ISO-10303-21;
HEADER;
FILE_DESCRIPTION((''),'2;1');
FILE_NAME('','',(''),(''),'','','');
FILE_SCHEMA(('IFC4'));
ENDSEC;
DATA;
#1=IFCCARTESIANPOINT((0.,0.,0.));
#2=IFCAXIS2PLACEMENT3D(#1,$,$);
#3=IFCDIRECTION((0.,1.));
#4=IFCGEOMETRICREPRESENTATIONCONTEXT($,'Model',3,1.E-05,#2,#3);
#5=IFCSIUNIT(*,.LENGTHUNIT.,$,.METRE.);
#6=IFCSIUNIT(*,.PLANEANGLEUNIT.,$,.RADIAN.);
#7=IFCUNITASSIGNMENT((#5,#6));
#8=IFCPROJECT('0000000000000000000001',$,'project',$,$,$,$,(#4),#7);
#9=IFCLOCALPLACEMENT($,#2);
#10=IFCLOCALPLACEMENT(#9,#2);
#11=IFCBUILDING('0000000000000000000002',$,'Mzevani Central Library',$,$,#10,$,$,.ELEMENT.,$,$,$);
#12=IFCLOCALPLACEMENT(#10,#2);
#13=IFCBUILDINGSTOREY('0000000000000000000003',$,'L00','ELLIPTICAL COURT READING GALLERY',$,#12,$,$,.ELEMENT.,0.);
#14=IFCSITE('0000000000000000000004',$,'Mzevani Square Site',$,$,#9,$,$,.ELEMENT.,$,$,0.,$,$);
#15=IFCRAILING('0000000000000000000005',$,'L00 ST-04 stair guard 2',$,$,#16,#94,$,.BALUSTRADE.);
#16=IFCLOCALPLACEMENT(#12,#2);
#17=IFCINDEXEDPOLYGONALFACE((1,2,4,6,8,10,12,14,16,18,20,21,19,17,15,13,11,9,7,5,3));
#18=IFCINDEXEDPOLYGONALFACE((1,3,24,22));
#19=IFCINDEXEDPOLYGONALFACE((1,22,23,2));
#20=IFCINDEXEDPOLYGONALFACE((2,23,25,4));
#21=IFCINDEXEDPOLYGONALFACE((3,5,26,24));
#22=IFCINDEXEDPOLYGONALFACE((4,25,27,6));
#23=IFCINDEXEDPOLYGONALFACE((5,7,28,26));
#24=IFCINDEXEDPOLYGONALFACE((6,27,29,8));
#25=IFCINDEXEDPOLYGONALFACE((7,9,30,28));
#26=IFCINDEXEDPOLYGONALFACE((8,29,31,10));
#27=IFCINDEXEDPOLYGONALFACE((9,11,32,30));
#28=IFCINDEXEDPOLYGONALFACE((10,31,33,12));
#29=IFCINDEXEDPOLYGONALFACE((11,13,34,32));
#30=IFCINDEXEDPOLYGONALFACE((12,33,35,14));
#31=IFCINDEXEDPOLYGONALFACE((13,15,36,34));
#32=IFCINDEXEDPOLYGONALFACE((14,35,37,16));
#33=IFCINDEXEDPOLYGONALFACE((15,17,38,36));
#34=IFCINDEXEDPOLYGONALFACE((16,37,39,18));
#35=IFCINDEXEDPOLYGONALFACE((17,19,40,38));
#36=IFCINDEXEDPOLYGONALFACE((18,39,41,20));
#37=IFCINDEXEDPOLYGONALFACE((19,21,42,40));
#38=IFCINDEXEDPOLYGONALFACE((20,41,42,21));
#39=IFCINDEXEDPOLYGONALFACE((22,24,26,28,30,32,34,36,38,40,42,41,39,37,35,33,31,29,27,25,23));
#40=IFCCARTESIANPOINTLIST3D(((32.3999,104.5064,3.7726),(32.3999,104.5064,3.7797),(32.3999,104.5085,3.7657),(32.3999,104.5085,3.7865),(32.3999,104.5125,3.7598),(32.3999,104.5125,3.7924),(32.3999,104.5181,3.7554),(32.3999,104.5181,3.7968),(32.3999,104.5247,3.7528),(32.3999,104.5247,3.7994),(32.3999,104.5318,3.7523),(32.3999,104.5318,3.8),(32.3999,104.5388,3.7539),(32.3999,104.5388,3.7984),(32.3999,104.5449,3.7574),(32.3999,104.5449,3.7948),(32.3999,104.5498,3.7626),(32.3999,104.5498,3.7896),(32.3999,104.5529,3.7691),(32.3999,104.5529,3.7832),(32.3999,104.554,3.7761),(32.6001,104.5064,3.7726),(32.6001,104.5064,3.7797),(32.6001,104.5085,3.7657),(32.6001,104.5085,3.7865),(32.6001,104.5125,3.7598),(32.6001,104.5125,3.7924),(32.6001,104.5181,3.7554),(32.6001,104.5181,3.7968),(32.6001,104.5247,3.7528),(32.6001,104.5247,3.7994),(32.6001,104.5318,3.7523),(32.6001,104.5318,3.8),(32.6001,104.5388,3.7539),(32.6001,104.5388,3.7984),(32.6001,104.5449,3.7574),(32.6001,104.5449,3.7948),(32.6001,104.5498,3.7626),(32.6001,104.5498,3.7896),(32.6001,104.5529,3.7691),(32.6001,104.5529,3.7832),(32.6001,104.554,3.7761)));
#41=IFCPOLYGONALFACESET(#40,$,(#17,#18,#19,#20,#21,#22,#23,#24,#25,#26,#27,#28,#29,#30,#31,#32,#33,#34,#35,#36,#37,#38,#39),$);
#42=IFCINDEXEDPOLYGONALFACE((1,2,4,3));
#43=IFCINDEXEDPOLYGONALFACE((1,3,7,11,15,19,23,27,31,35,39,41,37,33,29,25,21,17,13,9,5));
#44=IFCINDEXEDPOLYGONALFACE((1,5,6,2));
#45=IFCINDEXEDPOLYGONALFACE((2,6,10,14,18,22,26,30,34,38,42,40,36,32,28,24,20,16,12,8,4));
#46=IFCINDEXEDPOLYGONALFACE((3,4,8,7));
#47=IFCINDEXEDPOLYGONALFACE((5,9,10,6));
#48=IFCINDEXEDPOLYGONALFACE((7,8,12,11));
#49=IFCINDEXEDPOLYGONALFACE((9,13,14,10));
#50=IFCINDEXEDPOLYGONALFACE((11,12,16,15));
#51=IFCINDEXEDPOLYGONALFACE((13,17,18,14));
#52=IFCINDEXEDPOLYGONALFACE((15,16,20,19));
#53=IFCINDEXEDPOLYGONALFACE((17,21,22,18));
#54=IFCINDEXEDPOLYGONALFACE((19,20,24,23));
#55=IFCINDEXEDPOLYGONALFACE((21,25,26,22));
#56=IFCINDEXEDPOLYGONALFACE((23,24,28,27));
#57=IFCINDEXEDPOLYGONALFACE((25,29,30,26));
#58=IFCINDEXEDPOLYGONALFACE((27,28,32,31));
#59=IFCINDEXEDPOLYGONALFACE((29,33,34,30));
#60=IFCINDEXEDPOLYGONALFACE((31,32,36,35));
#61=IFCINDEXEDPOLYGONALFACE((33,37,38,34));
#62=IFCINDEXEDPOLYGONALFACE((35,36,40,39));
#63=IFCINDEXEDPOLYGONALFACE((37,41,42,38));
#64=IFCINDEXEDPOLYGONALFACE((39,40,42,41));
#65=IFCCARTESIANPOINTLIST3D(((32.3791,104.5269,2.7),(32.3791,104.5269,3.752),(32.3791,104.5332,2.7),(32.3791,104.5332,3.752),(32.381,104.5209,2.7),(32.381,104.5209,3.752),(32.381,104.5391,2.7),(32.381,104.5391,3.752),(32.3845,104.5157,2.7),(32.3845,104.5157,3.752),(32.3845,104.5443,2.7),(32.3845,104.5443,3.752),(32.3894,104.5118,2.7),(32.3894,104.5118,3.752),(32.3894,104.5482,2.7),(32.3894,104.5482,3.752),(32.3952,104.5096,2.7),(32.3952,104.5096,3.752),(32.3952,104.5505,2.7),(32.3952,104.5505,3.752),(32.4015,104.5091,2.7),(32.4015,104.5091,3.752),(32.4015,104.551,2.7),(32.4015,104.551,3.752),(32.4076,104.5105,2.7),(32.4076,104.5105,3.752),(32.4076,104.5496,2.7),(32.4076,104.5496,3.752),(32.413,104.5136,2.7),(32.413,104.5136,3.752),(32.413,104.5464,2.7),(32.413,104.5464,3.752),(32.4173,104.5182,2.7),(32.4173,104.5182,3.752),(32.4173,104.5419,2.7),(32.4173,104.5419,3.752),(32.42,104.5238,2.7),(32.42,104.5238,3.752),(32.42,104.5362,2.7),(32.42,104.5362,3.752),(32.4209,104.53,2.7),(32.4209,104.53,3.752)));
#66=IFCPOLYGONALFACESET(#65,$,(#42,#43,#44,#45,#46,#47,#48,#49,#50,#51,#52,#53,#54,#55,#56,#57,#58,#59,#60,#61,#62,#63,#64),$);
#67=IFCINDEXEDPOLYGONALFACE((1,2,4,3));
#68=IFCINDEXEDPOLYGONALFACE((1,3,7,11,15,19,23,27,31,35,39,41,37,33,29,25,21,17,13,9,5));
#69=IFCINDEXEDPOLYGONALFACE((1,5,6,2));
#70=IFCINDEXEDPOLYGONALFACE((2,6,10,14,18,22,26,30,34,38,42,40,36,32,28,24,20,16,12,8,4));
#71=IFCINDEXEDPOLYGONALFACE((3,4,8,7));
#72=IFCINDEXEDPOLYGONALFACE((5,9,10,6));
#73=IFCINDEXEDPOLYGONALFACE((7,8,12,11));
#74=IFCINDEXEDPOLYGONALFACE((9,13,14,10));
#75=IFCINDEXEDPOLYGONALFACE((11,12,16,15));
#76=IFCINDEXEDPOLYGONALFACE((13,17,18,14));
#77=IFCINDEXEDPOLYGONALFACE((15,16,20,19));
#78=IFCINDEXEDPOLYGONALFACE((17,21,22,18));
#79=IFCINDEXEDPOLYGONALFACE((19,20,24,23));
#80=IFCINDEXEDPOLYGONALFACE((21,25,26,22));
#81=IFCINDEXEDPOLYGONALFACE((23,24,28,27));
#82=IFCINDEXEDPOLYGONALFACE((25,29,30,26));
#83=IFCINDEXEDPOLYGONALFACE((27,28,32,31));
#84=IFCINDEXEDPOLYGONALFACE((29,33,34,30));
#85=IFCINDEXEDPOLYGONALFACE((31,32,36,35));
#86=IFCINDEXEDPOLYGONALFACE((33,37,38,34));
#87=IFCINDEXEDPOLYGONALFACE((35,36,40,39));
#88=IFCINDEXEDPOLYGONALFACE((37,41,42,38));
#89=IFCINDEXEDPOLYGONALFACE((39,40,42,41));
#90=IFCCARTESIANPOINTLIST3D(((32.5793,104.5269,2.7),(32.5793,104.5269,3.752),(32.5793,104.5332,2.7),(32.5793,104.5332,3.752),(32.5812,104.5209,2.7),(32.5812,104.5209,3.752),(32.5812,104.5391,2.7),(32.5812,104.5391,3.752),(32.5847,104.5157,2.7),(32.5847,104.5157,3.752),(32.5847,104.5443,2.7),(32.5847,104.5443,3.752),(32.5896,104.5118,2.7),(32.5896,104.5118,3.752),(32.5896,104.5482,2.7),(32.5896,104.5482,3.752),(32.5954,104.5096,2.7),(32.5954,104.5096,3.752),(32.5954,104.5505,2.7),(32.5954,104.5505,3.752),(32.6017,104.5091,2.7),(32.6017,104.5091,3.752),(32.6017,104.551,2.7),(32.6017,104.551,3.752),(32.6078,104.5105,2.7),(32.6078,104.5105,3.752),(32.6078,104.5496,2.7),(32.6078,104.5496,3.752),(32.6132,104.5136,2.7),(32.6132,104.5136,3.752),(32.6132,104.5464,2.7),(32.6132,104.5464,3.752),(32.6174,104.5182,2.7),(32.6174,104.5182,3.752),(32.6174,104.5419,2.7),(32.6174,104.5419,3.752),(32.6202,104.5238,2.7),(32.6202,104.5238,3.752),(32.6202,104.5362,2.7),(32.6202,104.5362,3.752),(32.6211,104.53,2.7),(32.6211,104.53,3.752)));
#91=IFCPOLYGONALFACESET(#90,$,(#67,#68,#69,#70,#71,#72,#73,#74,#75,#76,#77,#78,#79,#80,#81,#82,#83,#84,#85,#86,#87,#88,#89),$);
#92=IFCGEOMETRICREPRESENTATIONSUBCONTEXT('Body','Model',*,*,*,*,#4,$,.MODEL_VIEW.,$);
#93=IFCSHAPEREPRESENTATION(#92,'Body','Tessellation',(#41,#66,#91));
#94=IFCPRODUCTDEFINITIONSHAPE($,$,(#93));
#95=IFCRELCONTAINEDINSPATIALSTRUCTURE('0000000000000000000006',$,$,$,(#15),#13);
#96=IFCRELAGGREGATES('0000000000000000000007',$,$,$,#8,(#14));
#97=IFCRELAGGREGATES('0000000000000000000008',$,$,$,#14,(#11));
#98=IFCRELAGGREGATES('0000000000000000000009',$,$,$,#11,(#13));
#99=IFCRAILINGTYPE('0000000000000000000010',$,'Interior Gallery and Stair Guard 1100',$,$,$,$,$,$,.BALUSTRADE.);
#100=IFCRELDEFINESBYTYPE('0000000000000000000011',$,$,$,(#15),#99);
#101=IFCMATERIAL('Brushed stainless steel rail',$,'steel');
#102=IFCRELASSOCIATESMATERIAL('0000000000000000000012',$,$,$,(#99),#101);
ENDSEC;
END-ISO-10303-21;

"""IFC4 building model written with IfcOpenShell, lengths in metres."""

from ifc_helpers import new_model, si_unit, direction, frame, origin, origin_2d, place, context, subcontext, project, spatial, circle, extrude, material, type_object, element, save


model = new_model("IFC4")

# Units and contexts
model_context = context("Model", 3, precision=1e-05, world=origin(), true_north=direction((0.0, 1.0)))
body_context = subcontext(model_context, "Body", "Model", "MODEL_VIEW")
ifc_project = project(units=[si_unit("LENGTHUNIT", "METRE"), si_unit("PLANEANGLEUNIT", "RADIAN")], contexts=[model_context])

# Site, building, storey
site_placement = place(None, origin())
site = spatial("IfcSite", under=ifc_project, at=site_placement, Name="Mzevani Square Site", CompositionType="ELEMENT", RefElevation=0.0)
building_placement = place(site_placement, origin())
building = spatial("IfcBuilding", under=site, at=building_placement, Name="Mzevani Central Library", CompositionType="ELEMENT")
storey_placement = place(building_placement, origin())
storey = spatial("IfcBuildingStorey", under=building, at=storey_placement, Name="L00", Description="ELLIPTICAL COURT READING GALLERY", CompositionType="ELEMENT", Elevation=0.0)

# Railing
ifc_material_1 = material(Name="Brushed stainless steel rail", Category="steel")
railing_type_1 = type_object("IfcRailingType", Name="Interior Gallery and Stair Guard 1100", PredefinedType="BALUSTRADE", material=ifc_material_1)
railing_1_placement = place(storey_placement, frame((32.3999, 104.53, 2.7)))
element("IfcRailing", 1, at=railing_1_placement, inside=storey, type_object=railing_type_1, Name="L00 ST-04 stair guard 2", PredefinedType="BALUSTRADE", context=body_context, shape_type="SweptSolid", body=[
    extrude(circle(Radius=0.0239, at=origin_2d()), frame((0.0, 0.0, 1.0762), z_axis=(1.0, 0.0, 0.0), x_axis=(0.0, 1.0, 0.0)), (0.0, 0.0, 1.0), 0.2002),
    extrude(circle(Radius=0.021, at=origin_2d()), origin(), (0.0, 0.0, 1.0), 1.052),
    extrude(circle(Radius=0.021, at=origin_2d()), frame((0.2002, 0.0, 0.0)), (0.0, 0.0, 1.0), 1.052),
])

save(model, "model.ifc")
